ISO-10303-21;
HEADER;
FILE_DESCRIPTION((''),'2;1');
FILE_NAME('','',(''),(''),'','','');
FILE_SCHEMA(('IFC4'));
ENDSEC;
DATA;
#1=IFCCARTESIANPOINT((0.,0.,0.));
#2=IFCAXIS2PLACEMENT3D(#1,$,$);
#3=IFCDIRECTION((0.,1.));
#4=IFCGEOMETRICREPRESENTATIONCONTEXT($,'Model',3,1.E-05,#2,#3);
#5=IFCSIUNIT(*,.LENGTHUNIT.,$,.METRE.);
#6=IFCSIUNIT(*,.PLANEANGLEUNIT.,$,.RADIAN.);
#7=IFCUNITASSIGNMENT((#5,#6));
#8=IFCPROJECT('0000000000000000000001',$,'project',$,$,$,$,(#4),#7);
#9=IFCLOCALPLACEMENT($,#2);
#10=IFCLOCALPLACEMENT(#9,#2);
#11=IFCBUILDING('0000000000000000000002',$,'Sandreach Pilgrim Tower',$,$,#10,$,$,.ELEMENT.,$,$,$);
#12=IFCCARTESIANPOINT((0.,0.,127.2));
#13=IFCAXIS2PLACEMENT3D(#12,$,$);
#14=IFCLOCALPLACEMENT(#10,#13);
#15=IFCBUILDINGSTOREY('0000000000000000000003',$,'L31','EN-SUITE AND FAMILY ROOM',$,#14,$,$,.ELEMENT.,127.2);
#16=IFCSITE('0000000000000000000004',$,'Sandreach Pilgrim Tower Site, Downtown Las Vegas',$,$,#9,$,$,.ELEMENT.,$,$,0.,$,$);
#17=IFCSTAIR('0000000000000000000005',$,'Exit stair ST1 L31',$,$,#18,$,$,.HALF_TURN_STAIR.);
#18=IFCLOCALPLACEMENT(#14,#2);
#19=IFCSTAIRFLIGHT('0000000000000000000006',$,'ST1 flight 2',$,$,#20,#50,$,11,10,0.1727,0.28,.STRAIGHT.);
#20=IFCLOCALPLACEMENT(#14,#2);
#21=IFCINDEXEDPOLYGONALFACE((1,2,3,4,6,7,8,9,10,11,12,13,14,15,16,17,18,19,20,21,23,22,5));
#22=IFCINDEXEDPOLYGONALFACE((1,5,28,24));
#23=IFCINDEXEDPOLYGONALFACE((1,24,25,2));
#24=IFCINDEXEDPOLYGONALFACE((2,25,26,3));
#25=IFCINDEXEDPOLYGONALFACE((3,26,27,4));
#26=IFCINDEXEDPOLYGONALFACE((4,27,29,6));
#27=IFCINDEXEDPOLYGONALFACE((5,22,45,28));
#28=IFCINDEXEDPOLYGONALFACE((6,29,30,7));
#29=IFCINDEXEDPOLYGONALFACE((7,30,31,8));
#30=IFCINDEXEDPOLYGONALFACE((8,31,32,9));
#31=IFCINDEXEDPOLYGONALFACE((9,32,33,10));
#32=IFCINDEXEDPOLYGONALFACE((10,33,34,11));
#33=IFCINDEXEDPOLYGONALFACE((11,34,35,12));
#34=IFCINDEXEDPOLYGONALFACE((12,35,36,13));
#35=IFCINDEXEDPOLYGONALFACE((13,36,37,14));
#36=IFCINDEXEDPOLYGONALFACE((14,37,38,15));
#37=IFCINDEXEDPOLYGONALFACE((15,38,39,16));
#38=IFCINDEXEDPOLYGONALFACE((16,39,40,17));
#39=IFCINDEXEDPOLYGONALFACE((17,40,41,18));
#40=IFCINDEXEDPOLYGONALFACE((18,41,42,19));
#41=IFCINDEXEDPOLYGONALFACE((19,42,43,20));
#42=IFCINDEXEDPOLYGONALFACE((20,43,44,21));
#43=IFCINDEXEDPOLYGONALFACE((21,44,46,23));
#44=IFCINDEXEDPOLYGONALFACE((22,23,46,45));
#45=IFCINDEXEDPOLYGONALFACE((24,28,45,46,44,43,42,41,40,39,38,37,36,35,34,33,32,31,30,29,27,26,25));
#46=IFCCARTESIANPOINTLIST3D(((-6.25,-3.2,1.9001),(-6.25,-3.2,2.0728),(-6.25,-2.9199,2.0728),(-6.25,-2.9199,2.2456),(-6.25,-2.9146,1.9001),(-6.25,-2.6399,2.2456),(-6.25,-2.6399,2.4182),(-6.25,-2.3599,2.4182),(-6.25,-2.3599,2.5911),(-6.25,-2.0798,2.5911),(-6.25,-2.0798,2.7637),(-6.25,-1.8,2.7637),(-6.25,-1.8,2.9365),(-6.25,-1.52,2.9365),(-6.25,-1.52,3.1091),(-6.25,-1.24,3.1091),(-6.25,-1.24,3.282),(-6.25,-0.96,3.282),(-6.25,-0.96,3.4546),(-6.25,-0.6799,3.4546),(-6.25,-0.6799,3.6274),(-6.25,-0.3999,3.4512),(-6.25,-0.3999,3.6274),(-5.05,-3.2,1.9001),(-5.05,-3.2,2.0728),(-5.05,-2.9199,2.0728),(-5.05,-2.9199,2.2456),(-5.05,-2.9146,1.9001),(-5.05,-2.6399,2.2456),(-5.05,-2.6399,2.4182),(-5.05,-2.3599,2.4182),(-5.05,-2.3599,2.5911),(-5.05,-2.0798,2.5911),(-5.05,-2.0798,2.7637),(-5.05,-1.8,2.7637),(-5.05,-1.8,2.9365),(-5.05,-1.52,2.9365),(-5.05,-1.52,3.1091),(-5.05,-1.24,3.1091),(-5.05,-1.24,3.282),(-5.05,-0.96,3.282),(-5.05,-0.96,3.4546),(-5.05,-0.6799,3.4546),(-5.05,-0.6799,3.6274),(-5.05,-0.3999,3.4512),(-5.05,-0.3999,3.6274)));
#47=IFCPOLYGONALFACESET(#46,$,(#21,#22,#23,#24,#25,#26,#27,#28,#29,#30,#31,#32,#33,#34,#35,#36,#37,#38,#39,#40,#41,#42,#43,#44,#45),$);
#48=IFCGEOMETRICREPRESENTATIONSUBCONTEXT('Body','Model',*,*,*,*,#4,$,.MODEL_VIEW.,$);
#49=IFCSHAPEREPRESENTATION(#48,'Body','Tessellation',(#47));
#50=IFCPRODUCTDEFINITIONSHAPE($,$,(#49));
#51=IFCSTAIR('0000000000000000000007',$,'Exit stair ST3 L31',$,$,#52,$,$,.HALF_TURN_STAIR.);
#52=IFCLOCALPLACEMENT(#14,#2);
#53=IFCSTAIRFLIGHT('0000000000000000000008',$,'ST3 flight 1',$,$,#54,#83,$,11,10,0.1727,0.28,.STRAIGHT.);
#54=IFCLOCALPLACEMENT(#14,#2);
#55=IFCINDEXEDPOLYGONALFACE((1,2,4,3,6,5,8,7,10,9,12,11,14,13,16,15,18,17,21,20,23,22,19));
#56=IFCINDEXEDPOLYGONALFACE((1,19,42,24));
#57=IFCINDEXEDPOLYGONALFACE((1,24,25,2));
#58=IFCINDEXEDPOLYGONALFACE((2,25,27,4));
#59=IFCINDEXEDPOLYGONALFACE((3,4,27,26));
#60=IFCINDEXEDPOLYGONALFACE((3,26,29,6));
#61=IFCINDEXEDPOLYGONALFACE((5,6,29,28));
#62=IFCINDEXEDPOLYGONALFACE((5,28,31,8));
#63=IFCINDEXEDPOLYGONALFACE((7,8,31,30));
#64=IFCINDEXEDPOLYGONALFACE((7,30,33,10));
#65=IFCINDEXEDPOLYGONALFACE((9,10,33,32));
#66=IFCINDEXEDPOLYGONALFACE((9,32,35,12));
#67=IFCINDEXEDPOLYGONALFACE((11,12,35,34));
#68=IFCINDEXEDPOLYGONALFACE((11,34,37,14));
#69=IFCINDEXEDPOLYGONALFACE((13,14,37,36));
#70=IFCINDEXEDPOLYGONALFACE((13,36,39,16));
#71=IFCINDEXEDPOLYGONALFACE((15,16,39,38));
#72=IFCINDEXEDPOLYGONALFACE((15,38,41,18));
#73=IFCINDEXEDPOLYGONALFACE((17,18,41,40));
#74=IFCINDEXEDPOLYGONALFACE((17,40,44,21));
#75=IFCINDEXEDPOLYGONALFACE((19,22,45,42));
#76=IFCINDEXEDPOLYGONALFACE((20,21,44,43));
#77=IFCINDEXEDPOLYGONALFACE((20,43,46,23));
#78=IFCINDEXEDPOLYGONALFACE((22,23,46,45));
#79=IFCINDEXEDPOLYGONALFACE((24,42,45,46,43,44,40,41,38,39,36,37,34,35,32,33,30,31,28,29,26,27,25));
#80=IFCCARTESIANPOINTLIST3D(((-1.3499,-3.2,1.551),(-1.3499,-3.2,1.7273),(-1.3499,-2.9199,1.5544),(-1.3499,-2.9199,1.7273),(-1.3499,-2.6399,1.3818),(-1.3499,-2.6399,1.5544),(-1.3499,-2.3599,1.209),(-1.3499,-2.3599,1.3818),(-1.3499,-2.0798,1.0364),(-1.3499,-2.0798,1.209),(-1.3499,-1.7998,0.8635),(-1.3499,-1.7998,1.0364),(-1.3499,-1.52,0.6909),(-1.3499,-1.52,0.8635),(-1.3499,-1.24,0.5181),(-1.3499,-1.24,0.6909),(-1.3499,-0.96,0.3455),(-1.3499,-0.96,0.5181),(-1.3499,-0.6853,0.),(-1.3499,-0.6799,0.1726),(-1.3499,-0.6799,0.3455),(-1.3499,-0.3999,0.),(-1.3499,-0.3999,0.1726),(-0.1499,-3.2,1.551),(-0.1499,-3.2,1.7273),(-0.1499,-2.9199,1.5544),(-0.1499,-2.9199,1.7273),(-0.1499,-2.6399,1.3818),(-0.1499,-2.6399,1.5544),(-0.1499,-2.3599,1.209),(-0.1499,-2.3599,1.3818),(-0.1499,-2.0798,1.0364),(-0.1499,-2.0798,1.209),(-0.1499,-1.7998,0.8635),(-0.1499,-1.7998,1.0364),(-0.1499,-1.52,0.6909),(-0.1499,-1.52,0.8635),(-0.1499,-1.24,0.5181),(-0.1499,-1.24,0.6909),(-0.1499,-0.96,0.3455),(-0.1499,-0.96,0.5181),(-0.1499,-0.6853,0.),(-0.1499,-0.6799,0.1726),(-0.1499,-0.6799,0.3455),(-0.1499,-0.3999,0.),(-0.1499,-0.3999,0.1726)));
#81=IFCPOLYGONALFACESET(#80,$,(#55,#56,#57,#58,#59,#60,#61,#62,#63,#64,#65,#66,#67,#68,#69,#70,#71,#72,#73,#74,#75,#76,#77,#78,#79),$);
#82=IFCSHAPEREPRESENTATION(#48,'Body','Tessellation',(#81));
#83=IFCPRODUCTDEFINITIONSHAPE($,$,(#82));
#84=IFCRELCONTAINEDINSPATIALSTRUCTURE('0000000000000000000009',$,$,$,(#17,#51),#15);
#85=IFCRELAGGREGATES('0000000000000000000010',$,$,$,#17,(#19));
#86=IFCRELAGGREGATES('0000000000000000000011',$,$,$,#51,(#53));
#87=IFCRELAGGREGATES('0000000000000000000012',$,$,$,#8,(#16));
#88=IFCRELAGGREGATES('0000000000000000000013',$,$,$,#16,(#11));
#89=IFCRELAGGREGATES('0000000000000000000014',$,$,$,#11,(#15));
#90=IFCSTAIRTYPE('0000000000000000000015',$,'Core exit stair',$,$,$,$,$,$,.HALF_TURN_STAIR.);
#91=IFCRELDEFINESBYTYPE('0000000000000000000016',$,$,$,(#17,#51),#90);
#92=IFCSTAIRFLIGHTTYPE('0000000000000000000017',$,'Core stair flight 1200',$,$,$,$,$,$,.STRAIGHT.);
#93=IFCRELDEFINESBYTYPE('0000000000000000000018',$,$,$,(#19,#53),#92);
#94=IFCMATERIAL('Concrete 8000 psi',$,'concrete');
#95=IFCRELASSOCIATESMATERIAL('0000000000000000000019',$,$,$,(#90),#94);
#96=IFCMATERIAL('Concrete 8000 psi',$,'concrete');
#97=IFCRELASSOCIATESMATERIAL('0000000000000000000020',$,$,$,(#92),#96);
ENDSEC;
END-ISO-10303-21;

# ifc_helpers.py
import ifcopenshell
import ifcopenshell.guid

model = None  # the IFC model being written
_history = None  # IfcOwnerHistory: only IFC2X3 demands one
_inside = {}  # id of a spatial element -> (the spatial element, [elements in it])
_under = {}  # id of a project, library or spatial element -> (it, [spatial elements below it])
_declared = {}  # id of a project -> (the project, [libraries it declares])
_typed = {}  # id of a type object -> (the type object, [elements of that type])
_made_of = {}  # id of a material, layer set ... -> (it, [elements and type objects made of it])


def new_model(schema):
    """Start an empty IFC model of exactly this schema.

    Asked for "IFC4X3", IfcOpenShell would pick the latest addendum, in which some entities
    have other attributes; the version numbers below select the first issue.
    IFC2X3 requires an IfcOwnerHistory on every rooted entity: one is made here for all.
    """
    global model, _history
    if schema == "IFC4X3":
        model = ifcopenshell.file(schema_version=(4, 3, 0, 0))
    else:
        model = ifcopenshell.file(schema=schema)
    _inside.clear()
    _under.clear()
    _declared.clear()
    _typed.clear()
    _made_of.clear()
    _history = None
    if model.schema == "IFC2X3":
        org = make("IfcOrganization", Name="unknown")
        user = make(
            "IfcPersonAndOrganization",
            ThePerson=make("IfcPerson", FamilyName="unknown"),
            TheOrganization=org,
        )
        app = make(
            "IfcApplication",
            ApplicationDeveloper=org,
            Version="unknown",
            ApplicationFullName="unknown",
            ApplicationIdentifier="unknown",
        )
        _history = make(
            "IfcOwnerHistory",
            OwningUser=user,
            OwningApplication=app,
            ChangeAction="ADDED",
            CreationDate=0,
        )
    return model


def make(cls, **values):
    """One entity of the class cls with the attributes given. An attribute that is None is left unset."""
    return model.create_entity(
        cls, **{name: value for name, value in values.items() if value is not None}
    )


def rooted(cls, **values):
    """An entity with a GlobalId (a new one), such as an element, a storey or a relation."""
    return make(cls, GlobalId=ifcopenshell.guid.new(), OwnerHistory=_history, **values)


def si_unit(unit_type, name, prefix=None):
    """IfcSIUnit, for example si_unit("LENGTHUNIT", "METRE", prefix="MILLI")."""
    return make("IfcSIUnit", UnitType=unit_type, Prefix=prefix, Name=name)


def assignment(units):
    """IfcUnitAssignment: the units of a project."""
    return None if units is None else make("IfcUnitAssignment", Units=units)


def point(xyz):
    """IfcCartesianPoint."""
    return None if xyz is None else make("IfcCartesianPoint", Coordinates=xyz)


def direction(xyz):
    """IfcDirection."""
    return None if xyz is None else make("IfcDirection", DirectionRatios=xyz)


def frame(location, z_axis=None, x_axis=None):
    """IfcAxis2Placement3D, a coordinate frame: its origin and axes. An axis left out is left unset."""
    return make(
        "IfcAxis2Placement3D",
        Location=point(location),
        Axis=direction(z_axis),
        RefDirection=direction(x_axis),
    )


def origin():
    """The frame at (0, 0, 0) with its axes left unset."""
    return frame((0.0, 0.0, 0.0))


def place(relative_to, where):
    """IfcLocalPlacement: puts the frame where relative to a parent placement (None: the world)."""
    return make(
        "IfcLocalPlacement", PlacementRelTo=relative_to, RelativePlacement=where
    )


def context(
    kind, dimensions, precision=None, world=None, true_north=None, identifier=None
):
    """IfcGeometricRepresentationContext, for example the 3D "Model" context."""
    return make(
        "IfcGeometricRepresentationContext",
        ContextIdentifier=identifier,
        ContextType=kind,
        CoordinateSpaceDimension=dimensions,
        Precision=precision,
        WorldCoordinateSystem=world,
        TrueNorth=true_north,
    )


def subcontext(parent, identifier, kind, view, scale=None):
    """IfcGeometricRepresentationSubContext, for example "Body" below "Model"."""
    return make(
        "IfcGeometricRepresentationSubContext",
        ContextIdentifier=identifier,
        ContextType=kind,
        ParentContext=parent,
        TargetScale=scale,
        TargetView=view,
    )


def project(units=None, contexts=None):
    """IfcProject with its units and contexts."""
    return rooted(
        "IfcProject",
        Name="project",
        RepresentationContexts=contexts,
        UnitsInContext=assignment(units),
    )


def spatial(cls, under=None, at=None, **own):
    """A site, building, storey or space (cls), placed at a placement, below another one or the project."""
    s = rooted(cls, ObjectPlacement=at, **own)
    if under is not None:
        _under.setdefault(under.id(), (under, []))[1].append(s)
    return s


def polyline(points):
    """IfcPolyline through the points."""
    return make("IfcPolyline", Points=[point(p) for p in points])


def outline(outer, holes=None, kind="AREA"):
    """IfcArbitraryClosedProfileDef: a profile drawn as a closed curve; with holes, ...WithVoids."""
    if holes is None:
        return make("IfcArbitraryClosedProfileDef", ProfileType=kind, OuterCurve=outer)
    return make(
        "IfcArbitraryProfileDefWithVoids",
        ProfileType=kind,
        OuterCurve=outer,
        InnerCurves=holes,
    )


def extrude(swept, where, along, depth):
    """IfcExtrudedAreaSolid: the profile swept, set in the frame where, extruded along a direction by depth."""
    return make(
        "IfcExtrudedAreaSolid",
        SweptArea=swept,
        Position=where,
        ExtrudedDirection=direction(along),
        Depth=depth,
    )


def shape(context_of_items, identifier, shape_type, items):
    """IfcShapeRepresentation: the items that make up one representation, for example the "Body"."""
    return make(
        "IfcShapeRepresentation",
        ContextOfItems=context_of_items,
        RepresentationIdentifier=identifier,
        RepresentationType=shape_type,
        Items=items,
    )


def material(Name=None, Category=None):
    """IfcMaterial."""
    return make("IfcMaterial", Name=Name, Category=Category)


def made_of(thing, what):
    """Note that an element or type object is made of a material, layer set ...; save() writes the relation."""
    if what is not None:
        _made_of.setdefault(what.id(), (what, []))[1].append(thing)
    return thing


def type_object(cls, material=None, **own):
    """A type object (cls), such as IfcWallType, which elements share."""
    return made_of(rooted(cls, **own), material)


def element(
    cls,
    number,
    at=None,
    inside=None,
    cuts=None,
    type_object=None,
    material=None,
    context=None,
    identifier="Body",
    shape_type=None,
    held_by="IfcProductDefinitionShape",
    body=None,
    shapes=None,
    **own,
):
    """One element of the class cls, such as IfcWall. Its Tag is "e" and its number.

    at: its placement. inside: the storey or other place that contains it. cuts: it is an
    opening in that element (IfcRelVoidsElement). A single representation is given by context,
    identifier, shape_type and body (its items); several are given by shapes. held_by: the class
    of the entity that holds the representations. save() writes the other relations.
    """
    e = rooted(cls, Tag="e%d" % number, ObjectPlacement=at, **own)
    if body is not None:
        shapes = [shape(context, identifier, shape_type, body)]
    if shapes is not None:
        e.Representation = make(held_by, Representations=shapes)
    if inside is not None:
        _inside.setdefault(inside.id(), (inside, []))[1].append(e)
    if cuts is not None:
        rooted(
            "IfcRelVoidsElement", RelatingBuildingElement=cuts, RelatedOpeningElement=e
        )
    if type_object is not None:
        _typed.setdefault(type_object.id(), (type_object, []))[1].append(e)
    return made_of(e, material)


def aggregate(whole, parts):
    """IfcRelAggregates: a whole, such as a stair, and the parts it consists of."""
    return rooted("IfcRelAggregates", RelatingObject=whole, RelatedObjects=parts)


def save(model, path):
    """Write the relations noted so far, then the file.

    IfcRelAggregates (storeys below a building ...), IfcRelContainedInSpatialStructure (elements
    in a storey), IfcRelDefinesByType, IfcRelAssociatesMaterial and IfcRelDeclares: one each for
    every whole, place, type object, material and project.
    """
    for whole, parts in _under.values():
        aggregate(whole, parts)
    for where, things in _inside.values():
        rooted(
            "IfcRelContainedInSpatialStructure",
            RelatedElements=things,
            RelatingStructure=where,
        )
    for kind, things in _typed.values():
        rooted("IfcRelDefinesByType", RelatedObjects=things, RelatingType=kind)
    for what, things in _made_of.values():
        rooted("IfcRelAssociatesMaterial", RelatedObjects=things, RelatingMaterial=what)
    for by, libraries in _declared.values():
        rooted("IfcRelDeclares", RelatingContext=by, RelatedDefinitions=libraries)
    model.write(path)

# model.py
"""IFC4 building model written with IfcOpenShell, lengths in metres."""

from ifc_helpers import new_model, si_unit, direction, frame, origin, place, context, subcontext, project, spatial, polyline, outline, extrude, material, type_object, element, aggregate, save


model = new_model("IFC4")

# Units and contexts
model_context = context("Model", 3, precision=1e-05, world=origin(), true_north=direction((0.0, 1.0)))
body_context = subcontext(model_context, "Body", "Model", "MODEL_VIEW")
ifc_project = project(units=[si_unit("LENGTHUNIT", "METRE"), si_unit("PLANEANGLEUNIT", "RADIAN")], contexts=[model_context])

# Site, building, storey
site_placement = place(None, origin())
site = spatial("IfcSite", under=ifc_project, at=site_placement, Name="Sandreach Pilgrim Tower Site, Downtown Las Vegas", CompositionType="ELEMENT", RefElevation=0.0)
building_placement = place(site_placement, origin())
building = spatial("IfcBuilding", under=site, at=building_placement, Name="Sandreach Pilgrim Tower", CompositionType="ELEMENT")
storey_placement = place(building_placement, frame((0.0, 0.0, 127.2)))
storey = spatial("IfcBuildingStorey", under=building, at=storey_placement, Name="L31", Description="EN-SUITE AND FAMILY ROOM", CompositionType="ELEMENT", Elevation=127.2)

# Stair, stair flight
ifc_material_1 = material(Name="Concrete 8000 psi", Category="concrete")
stair_type = type_object("IfcStairType", Name="Core exit stair", PredefinedType="HALF_TURN_STAIR", material=ifc_material_1)
stair_1_placement = place(storey_placement, origin())
stair_1 = element("IfcStair", 1, at=stair_1_placement, inside=storey, type_object=stair_type, Name="Exit stair ST1 L31", PredefinedType="HALF_TURN_STAIR")
ifc_material_2 = material(Name="Concrete 8000 psi", Category="concrete")
stair_flight_type = type_object("IfcStairFlightType", Name="Core stair flight 1200", PredefinedType="STRAIGHT", material=ifc_material_2)
stair_flight_1_placement = place(storey_placement, frame((-5.6499, -3.2, 1.9001), z_axis=(0.0, 0.0, 1.0), x_axis=(0.0, 1.0, 0.0)))
stair_flight_1 = element("IfcStairFlight", 2, at=stair_flight_1_placement, type_object=stair_flight_type, Name="ST1 flight 2", NumberOfRisers=11, NumberOfTreads=10, PredefinedType="STRAIGHT", RiserHeight=0.1727, TreadLength=0.28, context=body_context, shape_type="SweptSolid", body=[
    extrude(outline(polyline([(0.0, 0.0), (0.0, 0.1726), (0.28, 0.1726), (0.28, 0.3455), (0.5601, 0.3455), (0.5601, 0.5181), (0.8401, 0.5181), (0.8401, 0.6909), (1.1201, 0.6909), (1.1201, 0.8635), (1.3999, 0.8635), (1.3999, 1.0364), (1.6799, 1.0364), (1.6799, 1.209), (1.96, 1.209), (1.96, 1.3818), (2.24, 1.3818), (2.24, 1.5544), (2.52, 1.5544), (2.52, 1.7273), (2.8, 1.7273), (2.8, 1.8999), (2.8, 1.551), (0.2854, 0.0), (0.0, 0.0)])), frame((0.0, 0.6001, 0.0), z_axis=(0.0, -1.0, 0.0), x_axis=(1.0, 0.0, 0.0)), (0.0, 0.0, 1.0), 1.2),
])
aggregate(stair_1, [stair_flight_1])

# Stair, stair flight
stair_2_placement = place(storey_placement, origin())
stair_2 = element("IfcStair", 3, at=stair_2_placement, inside=storey, type_object=stair_type, Name="Exit stair ST3 L31", PredefinedType="HALF_TURN_STAIR")
stair_flight_2_placement = place(storey_placement, frame((-0.75, -0.3999, 0.0), z_axis=(0.0, 0.0, 1.0), x_axis=(0.0, -1.0, 0.0)))
stair_flight_2 = element("IfcStairFlight", 4, at=stair_flight_2_placement, type_object=stair_flight_type, Name="ST3 flight 1", NumberOfRisers=11, NumberOfTreads=10, PredefinedType="STRAIGHT", RiserHeight=0.1727, TreadLength=0.28, context=body_context, shape_type="SweptSolid", body=[
    extrude(outline(polyline([(0.0, 0.0), (0.0, 0.1726), (0.28, 0.1726), (0.28, 0.3455), (0.5601, 0.3455), (0.5601, 0.5181), (0.8401, 0.5181), (0.8401, 0.6909), (1.1201, 0.6909), (1.1201, 0.8635), (1.3999, 0.8635), (1.3999, 1.0364), (1.6799, 1.0364), (1.6799, 1.209), (1.96, 1.209), (1.96, 1.3818), (2.24, 1.3818), (2.24, 1.5544), (2.52, 1.5544), (2.52, 1.7273), (2.8, 1.7273), (2.8, 1.8999), (2.8, 1.551), (0.2854, 0.0), (0.0, 0.0)])), frame((0.0, 0.6001, 0.0), z_axis=(0.0, -1.0, 0.0), x_axis=(1.0, 0.0, 0.0)), (0.0, 0.0, 1.0), 1.2),
])
aggregate(stair_2, [stair_flight_2])

save(model, "model.ifc")
